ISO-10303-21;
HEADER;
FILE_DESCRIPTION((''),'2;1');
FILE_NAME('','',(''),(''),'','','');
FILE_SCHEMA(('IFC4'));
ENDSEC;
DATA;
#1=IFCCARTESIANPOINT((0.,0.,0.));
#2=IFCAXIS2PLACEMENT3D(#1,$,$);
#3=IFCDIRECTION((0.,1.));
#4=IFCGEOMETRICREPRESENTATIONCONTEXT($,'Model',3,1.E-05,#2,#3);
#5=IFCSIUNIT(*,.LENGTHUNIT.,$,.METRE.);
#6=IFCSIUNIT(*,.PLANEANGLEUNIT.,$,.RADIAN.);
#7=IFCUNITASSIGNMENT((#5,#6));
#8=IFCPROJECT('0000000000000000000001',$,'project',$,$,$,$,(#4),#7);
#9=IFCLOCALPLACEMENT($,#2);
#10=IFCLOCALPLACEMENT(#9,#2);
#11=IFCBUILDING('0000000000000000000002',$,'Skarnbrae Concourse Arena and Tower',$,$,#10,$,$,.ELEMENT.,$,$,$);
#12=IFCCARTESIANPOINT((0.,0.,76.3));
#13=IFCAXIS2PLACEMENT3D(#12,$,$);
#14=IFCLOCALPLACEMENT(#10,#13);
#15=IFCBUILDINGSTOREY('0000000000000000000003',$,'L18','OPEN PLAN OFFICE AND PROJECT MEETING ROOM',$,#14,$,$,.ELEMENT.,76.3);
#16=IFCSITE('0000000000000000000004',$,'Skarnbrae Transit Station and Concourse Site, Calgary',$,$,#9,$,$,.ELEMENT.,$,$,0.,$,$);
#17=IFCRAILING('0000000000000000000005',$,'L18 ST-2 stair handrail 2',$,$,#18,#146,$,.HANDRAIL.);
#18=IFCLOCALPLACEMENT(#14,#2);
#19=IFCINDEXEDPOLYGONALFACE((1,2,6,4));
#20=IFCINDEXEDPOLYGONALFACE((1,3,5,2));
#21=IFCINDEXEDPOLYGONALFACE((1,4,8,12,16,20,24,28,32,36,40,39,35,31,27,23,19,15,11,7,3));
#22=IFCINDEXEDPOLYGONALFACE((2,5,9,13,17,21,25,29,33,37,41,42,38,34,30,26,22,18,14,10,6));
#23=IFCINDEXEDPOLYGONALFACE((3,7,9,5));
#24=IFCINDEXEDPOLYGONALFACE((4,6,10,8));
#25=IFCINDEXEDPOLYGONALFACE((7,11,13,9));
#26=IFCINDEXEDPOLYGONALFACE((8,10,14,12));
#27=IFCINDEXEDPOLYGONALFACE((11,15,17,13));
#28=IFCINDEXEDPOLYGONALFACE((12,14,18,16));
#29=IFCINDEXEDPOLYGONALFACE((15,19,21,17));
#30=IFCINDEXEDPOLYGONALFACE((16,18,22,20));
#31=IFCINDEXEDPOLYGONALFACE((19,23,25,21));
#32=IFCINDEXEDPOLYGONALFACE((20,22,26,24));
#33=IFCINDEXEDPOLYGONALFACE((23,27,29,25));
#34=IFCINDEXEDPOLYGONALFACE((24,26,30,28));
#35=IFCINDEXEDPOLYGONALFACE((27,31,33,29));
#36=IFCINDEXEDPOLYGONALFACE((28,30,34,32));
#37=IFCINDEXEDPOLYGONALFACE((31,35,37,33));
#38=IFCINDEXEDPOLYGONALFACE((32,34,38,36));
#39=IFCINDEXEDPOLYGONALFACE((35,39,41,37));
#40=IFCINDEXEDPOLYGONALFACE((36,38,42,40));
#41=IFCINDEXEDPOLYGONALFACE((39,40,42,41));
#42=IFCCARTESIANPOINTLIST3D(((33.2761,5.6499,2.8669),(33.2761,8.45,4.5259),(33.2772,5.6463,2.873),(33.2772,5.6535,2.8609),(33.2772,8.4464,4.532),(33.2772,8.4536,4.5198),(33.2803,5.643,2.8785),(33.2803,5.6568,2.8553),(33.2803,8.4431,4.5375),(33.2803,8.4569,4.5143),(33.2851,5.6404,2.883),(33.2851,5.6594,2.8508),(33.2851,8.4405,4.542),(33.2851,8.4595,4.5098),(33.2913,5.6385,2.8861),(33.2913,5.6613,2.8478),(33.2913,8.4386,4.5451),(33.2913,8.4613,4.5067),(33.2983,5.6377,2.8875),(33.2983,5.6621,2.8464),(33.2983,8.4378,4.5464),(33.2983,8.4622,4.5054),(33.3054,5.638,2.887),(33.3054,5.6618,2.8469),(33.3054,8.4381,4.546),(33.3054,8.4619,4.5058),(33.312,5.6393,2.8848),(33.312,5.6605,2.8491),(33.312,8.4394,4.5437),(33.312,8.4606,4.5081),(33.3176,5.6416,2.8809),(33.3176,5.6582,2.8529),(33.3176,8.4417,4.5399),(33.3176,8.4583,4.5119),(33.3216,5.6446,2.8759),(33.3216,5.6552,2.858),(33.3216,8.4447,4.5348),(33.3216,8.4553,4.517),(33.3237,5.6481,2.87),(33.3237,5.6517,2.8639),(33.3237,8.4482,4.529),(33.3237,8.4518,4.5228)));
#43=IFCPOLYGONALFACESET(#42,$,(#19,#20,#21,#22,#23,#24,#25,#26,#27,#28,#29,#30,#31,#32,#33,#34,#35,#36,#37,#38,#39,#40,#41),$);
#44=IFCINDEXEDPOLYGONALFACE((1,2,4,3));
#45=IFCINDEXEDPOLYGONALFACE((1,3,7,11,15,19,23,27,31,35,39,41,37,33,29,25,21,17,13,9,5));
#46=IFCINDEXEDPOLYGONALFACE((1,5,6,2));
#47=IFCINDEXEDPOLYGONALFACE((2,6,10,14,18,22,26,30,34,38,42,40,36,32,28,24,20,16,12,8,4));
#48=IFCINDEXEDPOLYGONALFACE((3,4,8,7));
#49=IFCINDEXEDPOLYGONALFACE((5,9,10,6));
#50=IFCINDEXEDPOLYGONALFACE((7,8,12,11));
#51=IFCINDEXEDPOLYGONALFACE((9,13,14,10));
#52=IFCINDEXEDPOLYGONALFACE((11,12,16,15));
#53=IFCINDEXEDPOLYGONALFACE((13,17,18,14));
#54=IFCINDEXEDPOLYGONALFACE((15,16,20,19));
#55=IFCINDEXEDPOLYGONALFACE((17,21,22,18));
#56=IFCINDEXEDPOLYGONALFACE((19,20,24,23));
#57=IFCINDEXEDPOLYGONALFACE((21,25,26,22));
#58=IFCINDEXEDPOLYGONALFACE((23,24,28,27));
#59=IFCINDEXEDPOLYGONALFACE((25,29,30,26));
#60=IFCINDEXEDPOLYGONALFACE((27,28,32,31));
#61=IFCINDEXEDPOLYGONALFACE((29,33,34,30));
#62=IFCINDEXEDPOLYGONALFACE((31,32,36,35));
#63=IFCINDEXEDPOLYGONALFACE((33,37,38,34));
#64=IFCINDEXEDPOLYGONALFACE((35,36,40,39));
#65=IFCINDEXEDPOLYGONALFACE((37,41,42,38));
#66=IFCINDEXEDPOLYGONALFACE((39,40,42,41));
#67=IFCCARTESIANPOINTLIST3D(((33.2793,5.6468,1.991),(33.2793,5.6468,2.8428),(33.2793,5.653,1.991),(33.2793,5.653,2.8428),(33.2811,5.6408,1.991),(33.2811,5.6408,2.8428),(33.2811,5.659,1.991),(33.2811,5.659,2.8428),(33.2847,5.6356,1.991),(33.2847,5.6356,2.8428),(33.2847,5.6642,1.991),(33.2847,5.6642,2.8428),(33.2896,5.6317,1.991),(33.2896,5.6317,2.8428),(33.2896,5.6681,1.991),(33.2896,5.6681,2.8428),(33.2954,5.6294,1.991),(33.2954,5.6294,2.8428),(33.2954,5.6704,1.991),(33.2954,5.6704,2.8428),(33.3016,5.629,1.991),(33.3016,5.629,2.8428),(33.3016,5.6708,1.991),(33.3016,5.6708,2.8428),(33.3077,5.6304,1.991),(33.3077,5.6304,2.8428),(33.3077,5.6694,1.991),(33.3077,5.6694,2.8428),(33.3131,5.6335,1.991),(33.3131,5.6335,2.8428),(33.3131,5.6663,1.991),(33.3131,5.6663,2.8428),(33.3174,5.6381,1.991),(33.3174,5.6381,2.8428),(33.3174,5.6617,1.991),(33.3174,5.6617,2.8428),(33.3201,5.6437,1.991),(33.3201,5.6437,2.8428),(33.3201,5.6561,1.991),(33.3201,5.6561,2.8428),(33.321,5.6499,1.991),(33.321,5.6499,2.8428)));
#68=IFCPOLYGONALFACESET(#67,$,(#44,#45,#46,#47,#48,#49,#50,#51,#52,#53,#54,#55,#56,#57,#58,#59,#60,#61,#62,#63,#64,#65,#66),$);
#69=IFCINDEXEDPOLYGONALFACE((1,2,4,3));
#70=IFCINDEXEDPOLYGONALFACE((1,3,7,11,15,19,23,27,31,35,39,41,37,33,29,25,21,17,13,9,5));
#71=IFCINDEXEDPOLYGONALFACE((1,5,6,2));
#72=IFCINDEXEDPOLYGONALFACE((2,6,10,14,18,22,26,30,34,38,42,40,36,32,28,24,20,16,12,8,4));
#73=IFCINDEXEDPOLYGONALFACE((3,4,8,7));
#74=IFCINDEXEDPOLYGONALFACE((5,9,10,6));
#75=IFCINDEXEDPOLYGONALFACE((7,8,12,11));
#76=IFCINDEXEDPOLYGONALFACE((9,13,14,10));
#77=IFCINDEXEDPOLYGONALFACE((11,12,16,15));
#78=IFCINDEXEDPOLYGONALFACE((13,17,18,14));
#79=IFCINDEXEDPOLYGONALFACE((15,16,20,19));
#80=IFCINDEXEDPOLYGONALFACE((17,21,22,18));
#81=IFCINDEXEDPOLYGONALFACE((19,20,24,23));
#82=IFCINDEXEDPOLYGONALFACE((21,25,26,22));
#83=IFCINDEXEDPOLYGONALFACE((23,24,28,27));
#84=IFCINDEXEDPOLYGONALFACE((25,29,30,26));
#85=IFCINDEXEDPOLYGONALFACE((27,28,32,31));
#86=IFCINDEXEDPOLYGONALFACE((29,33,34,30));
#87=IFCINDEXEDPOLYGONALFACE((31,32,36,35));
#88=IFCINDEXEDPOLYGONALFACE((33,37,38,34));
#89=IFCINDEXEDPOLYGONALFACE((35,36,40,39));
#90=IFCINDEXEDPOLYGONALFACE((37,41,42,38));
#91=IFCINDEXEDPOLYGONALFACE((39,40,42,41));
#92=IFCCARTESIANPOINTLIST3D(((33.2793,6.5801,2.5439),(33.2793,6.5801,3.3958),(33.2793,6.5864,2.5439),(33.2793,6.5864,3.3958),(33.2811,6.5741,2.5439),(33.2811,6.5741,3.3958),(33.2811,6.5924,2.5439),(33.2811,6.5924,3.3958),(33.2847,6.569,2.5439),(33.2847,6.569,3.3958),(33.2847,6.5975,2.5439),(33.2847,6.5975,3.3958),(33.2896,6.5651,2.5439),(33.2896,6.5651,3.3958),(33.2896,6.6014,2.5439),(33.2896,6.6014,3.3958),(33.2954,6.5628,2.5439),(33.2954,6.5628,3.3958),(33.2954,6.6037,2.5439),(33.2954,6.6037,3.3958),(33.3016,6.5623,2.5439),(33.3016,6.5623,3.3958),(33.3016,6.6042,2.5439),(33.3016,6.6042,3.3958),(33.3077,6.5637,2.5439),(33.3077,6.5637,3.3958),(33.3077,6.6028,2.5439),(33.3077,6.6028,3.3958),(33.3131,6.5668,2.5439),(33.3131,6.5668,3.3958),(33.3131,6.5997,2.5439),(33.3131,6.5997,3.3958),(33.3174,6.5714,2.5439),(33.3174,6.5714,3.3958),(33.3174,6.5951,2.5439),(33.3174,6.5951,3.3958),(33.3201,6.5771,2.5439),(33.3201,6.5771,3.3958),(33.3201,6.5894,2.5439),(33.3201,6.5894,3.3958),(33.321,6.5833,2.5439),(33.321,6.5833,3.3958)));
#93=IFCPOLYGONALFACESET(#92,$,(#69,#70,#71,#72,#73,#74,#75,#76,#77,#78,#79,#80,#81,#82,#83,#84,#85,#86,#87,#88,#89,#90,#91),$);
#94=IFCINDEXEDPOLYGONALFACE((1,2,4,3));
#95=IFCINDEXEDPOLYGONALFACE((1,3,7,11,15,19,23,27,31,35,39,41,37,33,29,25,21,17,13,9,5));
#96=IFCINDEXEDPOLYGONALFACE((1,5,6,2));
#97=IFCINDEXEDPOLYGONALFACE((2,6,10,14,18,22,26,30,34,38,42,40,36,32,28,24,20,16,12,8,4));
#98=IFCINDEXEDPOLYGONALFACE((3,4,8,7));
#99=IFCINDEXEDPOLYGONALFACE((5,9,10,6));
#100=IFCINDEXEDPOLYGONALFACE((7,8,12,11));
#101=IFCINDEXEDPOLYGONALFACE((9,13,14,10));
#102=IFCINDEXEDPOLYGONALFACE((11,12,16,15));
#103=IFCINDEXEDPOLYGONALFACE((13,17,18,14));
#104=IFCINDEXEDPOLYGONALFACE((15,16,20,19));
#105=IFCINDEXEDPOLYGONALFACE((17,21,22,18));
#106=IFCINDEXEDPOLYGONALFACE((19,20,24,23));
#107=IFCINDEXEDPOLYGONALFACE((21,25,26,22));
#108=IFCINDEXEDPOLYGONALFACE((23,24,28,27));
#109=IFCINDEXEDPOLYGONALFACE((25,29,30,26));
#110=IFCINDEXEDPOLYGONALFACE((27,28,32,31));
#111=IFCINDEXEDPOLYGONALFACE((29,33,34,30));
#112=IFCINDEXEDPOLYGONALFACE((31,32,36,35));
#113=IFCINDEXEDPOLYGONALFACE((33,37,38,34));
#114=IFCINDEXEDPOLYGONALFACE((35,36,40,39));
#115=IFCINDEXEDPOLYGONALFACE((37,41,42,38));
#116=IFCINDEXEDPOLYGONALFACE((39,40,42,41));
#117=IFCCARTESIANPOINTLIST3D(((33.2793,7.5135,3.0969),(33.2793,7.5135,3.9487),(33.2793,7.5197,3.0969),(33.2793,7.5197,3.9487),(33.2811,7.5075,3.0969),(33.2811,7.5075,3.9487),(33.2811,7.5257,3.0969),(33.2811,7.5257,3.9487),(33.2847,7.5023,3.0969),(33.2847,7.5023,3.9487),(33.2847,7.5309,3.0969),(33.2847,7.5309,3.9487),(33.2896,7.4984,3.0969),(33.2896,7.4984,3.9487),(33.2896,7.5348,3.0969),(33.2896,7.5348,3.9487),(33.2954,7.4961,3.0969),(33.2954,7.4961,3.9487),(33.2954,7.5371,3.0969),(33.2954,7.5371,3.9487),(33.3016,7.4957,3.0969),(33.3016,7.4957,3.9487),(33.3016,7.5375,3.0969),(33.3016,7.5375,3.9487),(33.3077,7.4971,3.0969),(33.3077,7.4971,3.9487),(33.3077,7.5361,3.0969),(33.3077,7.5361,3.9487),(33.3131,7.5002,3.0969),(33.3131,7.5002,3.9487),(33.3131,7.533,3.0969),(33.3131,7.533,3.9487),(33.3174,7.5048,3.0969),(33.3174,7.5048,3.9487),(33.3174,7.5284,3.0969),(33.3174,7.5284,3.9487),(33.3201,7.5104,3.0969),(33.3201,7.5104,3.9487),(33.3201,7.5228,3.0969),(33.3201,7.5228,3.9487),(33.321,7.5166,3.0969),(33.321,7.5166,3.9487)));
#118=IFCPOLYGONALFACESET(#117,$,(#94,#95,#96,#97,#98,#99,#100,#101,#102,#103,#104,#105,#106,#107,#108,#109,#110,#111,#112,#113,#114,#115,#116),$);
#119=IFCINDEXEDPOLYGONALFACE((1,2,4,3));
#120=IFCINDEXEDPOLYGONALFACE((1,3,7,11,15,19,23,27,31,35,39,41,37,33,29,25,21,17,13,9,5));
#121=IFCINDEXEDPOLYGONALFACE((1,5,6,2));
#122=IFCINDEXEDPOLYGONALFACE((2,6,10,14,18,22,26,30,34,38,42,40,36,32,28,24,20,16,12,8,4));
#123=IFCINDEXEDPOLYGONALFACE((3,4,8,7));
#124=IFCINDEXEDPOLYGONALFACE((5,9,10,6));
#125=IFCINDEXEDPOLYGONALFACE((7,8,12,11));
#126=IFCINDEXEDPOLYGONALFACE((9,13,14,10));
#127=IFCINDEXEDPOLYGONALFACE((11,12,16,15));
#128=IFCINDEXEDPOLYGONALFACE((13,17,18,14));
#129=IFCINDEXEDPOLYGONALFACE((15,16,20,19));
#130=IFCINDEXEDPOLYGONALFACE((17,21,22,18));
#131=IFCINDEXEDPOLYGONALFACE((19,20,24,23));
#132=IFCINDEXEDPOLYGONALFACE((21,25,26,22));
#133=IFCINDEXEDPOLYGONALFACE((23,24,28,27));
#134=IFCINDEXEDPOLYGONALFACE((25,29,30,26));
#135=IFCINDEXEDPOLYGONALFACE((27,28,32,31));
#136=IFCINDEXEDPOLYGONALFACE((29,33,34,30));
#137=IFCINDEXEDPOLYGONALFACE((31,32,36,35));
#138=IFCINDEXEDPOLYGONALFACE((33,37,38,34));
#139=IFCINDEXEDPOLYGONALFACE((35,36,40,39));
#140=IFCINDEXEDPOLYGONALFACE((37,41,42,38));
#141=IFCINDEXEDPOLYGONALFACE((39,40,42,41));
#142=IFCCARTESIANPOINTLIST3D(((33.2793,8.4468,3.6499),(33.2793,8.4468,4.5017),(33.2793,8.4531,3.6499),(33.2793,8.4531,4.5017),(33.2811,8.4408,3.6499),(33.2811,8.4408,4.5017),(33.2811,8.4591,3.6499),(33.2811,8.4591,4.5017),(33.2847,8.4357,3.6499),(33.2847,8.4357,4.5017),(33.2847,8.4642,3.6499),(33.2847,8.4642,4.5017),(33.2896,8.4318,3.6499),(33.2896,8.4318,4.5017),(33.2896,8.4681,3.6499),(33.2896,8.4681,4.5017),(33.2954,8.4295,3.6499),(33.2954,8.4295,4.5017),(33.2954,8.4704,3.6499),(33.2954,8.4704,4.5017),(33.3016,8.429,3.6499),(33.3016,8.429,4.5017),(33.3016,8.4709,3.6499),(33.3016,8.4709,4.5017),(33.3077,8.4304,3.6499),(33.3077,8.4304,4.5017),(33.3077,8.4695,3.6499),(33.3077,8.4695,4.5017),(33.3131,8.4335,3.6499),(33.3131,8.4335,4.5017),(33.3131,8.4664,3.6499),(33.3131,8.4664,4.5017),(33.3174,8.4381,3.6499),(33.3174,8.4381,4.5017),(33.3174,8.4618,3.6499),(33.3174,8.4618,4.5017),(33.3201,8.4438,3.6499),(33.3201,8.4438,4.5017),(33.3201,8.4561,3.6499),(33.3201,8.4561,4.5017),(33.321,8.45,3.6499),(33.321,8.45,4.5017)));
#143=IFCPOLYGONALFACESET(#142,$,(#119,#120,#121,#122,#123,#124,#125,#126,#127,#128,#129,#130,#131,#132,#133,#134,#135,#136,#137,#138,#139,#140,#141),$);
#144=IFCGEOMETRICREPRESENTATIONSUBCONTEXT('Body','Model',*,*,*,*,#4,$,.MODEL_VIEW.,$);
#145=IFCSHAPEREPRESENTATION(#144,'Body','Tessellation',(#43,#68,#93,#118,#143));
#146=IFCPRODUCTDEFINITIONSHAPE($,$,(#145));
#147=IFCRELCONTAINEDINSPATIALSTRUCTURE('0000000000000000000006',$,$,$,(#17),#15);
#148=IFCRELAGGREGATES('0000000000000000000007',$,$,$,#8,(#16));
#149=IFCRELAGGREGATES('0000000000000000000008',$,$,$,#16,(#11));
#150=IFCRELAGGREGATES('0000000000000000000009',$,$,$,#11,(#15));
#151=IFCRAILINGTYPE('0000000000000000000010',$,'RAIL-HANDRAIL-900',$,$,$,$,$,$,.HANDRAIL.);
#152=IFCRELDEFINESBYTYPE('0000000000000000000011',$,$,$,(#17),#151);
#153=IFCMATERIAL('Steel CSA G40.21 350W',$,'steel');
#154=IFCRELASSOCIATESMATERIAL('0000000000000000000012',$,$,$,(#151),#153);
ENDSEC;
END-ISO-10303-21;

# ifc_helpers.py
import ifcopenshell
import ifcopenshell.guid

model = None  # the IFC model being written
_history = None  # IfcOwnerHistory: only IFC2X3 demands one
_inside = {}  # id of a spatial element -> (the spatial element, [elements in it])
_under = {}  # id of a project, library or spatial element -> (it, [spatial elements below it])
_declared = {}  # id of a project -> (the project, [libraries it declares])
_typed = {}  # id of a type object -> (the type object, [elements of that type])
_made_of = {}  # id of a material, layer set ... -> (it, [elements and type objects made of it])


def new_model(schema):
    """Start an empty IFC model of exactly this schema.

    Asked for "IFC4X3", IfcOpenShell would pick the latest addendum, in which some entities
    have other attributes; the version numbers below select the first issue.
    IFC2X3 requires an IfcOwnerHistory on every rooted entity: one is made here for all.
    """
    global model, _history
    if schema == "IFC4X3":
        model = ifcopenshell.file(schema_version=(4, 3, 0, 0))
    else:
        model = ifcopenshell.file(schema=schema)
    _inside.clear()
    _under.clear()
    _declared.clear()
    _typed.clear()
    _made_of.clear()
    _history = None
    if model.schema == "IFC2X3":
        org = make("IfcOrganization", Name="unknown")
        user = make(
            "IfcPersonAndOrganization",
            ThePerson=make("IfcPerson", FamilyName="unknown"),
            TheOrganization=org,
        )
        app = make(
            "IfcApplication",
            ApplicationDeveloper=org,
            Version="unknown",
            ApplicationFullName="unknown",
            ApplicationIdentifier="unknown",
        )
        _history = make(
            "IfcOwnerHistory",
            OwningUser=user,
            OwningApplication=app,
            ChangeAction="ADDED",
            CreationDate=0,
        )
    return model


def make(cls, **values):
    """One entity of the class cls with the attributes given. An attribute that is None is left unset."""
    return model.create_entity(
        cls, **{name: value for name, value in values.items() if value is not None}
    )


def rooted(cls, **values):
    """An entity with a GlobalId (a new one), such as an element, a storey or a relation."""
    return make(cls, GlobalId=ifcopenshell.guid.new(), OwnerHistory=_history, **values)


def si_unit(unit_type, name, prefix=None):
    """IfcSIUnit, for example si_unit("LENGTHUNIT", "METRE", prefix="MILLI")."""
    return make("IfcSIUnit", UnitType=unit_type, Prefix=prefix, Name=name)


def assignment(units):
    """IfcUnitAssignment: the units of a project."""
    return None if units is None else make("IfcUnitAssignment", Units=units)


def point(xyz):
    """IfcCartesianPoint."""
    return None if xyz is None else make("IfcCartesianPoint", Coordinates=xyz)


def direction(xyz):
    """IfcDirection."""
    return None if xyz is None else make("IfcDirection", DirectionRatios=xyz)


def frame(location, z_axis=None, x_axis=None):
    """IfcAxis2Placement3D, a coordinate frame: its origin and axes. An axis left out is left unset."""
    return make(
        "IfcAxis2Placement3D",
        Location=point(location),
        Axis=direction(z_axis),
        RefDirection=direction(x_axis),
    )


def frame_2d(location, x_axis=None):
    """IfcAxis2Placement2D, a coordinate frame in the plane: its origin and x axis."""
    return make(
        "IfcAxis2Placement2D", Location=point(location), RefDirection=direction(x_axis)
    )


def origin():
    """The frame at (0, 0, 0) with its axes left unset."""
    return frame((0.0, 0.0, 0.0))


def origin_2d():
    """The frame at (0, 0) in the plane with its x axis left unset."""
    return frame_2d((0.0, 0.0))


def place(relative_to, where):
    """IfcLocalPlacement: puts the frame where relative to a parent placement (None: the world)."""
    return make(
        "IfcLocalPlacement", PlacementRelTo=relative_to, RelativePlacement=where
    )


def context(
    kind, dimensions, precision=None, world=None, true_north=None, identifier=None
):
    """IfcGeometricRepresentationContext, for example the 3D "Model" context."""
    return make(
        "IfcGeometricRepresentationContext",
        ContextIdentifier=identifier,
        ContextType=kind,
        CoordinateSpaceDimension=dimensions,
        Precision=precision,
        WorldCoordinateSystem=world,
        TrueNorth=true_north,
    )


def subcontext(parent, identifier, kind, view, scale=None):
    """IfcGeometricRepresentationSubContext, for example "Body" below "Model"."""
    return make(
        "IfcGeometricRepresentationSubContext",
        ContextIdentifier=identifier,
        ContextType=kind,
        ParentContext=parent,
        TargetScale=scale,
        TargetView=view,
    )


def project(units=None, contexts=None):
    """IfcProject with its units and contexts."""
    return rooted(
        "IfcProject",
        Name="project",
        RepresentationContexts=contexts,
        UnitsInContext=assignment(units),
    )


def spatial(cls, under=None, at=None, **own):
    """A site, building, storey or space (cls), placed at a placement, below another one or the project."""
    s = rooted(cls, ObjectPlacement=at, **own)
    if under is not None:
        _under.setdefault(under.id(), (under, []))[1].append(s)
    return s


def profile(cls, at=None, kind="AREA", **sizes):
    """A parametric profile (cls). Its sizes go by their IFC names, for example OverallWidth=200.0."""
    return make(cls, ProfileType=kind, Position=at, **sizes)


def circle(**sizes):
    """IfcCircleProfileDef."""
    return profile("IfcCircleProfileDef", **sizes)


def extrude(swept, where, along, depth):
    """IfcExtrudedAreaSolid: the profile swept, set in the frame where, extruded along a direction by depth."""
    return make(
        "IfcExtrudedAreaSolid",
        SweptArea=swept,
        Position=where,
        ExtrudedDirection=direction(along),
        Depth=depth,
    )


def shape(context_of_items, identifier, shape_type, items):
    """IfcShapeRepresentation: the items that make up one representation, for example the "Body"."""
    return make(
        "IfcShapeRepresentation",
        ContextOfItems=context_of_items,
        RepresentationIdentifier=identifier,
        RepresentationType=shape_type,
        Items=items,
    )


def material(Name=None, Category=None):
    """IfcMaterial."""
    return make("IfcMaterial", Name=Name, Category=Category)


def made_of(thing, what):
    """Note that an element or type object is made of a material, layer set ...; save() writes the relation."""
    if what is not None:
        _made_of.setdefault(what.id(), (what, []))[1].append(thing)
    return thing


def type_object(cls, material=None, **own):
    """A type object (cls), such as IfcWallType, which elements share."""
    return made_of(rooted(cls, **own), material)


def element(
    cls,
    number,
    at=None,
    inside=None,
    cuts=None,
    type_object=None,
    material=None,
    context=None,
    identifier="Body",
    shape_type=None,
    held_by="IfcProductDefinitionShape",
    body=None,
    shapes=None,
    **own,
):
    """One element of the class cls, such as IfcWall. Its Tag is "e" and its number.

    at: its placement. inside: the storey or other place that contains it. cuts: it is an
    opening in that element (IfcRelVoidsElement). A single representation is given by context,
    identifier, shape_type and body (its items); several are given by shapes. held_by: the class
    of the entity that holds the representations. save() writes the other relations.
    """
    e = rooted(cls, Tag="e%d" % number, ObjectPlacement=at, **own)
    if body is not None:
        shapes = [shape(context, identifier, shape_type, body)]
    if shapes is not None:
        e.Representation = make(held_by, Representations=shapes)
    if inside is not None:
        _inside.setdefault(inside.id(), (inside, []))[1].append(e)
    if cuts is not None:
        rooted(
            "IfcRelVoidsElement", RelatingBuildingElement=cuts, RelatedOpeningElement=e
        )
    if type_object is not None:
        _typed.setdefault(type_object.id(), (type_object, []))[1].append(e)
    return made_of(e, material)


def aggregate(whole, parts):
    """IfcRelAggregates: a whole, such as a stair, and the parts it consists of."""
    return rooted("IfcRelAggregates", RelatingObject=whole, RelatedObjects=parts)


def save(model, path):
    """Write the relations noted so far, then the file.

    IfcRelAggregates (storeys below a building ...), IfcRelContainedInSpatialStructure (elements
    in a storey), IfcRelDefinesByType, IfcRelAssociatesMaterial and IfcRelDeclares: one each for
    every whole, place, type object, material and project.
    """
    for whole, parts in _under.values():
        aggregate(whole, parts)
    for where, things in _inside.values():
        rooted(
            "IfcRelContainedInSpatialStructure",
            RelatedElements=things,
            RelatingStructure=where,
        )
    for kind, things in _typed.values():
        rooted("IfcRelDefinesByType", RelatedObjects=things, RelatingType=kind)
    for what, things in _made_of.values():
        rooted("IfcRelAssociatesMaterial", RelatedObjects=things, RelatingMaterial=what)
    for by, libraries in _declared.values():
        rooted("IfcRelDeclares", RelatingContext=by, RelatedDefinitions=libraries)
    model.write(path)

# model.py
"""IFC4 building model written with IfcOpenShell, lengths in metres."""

from ifc_helpers import new_model, si_unit, direction, frame, origin, origin_2d, place, context, subcontext, project, spatial, circle, extrude, material, type_object, element, save


model = new_model("IFC4")

# Units and contexts
model_context = context("Model", 3, precision=1e-05, world=origin(), true_north=direction((0.0, 1.0)))
body_context = subcontext(model_context, "Body", "Model", "MODEL_VIEW")
ifc_project = project(units=[si_unit("LENGTHUNIT", "METRE"), si_unit("PLANEANGLEUNIT", "RADIAN")], contexts=[model_context])

# Site, building, storey
site_placement = place(None, origin())
site = spatial("IfcSite", under=ifc_project, at=site_placement, Name="Skarnbrae Transit Station and Concourse Site, Calgary", CompositionType="ELEMENT", RefElevation=0.0)
building_placement = place(site_placement, origin())
building = spatial("IfcBuilding", under=site, at=building_placement, Name="Skarnbrae Concourse Arena and Tower", CompositionType="ELEMENT")
storey_placement = place(building_placement, frame((0.0, 0.0, 76.3)))
storey = spatial("IfcBuildingStorey", under=building, at=storey_placement, Name="L18", Description="OPEN PLAN OFFICE AND PROJECT MEETING ROOM", CompositionType="ELEMENT", Elevation=76.3)

# Shared definitions
ifc_material_1 = material(Name="Steel CSA G40.21 350W", Category="steel")

# Railing
railing_type_1 = type_object("IfcRailingType", Name="RAIL-HANDRAIL-900", PredefinedType="HANDRAIL", material=ifc_material_1)
railing_1_placement = place(storey_placement, frame((33.3, 5.6499, 1.991)))
element("IfcRailing", 1, at=railing_1_placement, inside=storey, type_object=railing_type_1, Name="L18 ST-2 stair handrail 2", PredefinedType="HANDRAIL", context=body_context, shape_type="SweptSolid", body=[
    extrude(circle(Radius=0.0239, at=origin_2d()), frame((0.0, 0.0, 0.876), z_axis=(0.0, 0.860339, 0.509722), x_axis=(-1.0, 0.0, 0.0)), (0.0, 0.0, 1.0), 3.2546),
    extrude(circle(Radius=0.021, at=origin_2d()), origin(), (0.0, 0.0, 1.0), 0.8518),
    extrude(circle(Radius=0.021, at=origin_2d()), frame((0.0, 0.9333, 0.553)), (0.0, 0.0, 1.0), 0.8518),
    extrude(circle(Radius=0.021, at=origin_2d()), frame((0.0, 1.8667, 1.106)), (0.0, 0.0, 1.0), 0.8518),
    extrude(circle(Radius=0.021, at=origin_2d()), frame((0.0, 2.8, 1.6589)), (0.0, 0.0, 1.0), 0.8518),
])

save(model, "model.ifc")
